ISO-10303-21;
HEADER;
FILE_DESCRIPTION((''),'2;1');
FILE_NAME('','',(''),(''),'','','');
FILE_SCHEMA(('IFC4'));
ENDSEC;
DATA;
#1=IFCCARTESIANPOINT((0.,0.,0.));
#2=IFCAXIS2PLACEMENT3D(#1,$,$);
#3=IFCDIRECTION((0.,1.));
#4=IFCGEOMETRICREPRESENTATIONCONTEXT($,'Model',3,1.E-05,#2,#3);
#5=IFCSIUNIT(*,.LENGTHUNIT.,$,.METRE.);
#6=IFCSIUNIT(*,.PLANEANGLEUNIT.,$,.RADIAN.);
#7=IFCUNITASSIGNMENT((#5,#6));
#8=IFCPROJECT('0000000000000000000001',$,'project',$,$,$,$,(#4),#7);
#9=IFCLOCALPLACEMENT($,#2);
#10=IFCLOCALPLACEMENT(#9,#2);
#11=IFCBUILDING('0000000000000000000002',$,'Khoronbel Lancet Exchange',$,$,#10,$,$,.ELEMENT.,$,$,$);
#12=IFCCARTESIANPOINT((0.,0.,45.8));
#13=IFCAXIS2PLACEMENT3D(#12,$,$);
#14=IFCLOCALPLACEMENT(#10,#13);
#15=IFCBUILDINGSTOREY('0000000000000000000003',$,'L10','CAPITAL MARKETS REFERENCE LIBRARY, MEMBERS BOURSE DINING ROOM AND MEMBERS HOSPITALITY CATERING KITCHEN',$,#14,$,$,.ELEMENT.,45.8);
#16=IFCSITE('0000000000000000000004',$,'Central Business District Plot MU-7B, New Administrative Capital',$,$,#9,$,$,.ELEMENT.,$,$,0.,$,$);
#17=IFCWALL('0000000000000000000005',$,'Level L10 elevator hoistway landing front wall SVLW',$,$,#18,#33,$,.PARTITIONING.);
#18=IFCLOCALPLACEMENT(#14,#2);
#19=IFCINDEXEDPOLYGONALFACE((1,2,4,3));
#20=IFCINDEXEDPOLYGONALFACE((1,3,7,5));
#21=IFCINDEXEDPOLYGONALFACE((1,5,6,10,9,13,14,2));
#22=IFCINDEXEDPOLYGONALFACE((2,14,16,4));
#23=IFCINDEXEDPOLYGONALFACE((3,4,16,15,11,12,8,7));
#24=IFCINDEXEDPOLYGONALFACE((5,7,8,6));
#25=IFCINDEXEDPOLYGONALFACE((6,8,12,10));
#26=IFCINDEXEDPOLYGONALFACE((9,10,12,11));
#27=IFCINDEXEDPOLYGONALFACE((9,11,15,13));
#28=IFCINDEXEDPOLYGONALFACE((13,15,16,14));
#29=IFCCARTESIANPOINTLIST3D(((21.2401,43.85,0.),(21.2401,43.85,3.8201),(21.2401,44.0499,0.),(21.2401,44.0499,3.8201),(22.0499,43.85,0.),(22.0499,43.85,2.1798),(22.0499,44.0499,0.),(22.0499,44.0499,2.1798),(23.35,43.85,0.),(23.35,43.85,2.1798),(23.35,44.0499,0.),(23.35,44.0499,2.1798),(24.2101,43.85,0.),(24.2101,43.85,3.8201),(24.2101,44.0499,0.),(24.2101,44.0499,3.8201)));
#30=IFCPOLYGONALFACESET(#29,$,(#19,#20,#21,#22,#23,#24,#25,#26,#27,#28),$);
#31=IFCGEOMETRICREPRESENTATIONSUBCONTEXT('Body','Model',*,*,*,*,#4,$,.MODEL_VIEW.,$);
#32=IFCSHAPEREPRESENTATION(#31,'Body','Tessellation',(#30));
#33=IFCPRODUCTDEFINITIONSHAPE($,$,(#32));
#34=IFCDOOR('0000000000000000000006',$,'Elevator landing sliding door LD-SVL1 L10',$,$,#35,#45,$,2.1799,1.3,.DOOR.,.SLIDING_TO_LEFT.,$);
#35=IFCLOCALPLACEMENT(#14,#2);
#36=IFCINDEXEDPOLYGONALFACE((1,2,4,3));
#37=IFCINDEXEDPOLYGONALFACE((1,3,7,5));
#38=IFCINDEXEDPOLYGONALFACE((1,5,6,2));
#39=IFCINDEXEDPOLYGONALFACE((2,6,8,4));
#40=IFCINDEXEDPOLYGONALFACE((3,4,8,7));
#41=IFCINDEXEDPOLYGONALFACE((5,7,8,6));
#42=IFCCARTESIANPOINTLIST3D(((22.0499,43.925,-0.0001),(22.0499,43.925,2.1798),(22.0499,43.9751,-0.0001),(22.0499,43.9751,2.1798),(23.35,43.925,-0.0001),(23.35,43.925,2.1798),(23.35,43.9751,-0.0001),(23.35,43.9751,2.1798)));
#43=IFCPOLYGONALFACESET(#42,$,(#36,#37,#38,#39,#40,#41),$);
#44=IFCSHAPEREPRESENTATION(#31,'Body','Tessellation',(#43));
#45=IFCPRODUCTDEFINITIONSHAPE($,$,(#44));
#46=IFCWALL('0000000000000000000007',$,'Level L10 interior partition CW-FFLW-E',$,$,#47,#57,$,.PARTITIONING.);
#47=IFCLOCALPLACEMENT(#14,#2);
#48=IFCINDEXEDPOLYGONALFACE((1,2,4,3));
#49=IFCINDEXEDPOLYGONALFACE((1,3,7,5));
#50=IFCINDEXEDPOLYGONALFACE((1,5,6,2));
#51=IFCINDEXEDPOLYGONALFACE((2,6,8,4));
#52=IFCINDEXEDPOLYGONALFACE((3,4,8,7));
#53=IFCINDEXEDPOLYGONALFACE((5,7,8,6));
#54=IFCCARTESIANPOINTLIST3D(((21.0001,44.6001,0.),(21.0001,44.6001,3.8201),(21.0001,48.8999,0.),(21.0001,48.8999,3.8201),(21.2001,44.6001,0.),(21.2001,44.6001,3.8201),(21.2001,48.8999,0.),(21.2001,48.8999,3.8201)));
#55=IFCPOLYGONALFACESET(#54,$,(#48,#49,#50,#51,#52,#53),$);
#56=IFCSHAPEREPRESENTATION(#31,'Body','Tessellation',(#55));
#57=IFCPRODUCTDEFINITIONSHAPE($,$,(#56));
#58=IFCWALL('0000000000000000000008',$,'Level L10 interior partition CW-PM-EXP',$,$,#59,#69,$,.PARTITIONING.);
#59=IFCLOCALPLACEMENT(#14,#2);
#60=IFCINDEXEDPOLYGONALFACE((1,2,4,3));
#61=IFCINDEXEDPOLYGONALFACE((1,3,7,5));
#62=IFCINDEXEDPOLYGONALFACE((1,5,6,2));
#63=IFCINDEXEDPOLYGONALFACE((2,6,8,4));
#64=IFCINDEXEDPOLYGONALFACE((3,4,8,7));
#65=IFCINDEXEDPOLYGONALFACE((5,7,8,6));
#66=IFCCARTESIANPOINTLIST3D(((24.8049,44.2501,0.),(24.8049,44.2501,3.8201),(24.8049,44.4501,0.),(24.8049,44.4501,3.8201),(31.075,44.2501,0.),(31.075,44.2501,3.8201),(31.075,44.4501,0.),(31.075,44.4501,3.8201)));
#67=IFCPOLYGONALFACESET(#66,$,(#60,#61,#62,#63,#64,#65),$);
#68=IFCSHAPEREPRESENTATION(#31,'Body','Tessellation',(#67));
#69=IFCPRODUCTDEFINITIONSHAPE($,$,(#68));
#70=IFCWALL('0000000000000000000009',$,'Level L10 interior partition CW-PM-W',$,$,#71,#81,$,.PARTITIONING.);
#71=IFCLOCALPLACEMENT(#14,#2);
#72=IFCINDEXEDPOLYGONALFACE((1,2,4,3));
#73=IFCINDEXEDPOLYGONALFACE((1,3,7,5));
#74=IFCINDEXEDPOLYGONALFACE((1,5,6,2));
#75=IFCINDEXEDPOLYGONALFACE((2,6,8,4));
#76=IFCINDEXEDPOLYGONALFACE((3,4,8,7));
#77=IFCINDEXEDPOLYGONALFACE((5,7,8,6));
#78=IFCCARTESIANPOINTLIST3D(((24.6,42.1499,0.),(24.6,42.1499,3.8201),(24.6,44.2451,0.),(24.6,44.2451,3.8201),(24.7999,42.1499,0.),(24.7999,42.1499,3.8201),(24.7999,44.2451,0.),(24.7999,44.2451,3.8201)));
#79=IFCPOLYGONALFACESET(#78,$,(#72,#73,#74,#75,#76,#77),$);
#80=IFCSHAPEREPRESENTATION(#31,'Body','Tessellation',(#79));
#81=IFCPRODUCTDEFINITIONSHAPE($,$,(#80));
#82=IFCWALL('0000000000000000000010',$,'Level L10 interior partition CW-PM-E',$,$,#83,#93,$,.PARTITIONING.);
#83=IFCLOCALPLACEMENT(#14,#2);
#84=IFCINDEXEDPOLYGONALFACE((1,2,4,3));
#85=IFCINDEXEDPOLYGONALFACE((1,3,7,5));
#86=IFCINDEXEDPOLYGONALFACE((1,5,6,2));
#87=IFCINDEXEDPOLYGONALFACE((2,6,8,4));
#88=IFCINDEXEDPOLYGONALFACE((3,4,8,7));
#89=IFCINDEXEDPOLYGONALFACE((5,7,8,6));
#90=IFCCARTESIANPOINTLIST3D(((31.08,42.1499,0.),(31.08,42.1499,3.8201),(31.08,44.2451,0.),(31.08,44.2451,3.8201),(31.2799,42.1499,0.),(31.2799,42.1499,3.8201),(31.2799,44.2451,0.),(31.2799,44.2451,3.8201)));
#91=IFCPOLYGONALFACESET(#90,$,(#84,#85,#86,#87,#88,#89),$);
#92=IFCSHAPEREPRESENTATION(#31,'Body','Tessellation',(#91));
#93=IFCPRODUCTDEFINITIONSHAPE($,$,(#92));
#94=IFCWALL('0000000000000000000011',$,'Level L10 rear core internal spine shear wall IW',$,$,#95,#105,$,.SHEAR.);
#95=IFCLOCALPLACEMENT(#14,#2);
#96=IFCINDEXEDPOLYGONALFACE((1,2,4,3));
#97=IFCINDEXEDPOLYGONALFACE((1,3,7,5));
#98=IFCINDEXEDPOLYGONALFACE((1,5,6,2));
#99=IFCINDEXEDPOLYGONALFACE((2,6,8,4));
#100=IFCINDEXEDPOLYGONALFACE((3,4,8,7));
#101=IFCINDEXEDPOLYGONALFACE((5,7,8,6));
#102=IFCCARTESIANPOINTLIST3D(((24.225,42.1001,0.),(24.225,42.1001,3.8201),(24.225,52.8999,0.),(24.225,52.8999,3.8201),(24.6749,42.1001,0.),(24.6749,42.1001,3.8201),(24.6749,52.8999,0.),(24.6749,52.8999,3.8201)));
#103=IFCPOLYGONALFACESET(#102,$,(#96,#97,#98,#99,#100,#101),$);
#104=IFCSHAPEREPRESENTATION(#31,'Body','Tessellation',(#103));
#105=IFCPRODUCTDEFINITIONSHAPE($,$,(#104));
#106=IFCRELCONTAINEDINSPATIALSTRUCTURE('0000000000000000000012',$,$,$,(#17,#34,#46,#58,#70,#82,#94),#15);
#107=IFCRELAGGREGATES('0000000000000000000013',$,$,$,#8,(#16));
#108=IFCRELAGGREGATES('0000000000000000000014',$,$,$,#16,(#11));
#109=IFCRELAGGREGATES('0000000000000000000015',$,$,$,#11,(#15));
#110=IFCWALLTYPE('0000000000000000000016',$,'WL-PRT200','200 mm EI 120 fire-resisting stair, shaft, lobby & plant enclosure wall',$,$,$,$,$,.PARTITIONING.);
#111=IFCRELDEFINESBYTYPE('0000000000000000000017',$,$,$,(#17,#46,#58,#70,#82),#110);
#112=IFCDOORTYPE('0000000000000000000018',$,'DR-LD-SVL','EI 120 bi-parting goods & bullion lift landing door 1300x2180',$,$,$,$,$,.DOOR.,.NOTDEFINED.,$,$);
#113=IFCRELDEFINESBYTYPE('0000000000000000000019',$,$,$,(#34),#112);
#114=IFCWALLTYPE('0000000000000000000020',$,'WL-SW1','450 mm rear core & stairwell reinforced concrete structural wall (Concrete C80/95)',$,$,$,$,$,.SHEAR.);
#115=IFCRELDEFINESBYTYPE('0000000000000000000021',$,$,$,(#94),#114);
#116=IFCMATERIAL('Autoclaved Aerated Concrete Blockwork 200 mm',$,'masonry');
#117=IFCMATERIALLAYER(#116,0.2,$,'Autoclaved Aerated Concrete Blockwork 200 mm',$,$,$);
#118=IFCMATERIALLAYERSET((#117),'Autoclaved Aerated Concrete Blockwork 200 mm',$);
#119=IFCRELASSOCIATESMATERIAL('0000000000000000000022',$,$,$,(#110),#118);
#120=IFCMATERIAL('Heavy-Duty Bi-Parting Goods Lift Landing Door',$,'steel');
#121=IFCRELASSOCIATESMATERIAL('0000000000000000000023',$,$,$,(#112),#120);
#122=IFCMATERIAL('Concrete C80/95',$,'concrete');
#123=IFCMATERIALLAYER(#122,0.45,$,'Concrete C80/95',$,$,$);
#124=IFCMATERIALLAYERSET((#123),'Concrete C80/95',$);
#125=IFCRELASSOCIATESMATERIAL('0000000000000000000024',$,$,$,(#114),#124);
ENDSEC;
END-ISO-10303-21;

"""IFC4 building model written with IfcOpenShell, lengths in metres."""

from ifc_helpers import new_model, si_unit, direction, frame, frame_2d, origin, place, context, subcontext, project, spatial, rectangle, extrude, material, layer, layer_set, type_object, element, fill, save


model = new_model("IFC4")

# Units and contexts
model_context = context("Model", 3, precision=1e-05, world=origin(), true_north=direction((0.0, 1.0)))
body_context = subcontext(model_context, "Body", "Model", "MODEL_VIEW")
ifc_project = project(units=[si_unit("LENGTHUNIT", "METRE"), si_unit("PLANEANGLEUNIT", "RADIAN")], contexts=[model_context])

# Site, building, storey
site_placement = place(None, origin())
site = spatial("IfcSite", under=ifc_project, at=site_placement, Name="Central Business District Plot MU-7B, New Administrative Capital", CompositionType="ELEMENT", RefElevation=0.0)
building_placement = place(site_placement, origin())
building = spatial("IfcBuilding", under=site, at=building_placement, Name="Khoronbel Lancet Exchange", CompositionType="ELEMENT")
storey_placement = place(building_placement, frame((0.0, 0.0, 45.8)))
storey = spatial("IfcBuildingStorey", under=building, at=storey_placement, Name="L10", Description="CAPITAL MARKETS REFERENCE LIBRARY, MEMBERS BOURSE DINING ROOM AND MEMBERS HOSPITALITY CATERING KITCHEN", CompositionType="ELEMENT", Elevation=45.8)

# Shared definitions
ifc_material_1 = material(Name="Concrete C80/95", Category="concrete")

# Wall, opening, door
ifc_material_2 = material(Name="Autoclaved Aerated Concrete Blockwork 200 mm", Category="masonry")
ifc_layer_1 = layer(ifc_material_2, 0.2, Name="Autoclaved Aerated Concrete Blockwork 200 mm")
ifc_layer_set_1 = layer_set([ifc_layer_1], Name="Autoclaved Aerated Concrete Blockwork 200 mm")
wall_type_1 = type_object("IfcWallType", Name="WL-PRT200", Description="200 mm EI 120 fire-resisting stair, shaft, lobby & plant enclosure wall", PredefinedType="PARTITIONING", material=ifc_layer_set_1)
wall_1_placement = place(storey_placement, frame((24.21, 43.95, 0.0), z_axis=(0.0, 0.0, 1.0), x_axis=(-1.0, 0.0, 0.0)))
wall_1 = element("IfcWall", 1, at=wall_1_placement, inside=storey, type_object=wall_type_1, Name="Level L10 elevator hoistway landing front wall SVLW", PredefinedType="PARTITIONING", context=body_context, shape_type="SweptSolid", body=[
    extrude(rectangle(XDim=2.97, YDim=0.2, at=frame_2d((1.4849, 0.0))), origin(), (0.0, 0.0, 1.0), 3.8201),
])
opening_1_placement = place(wall_1_placement, frame((0.8601, 0.0, 0.0)))
opening_1 = element("IfcOpeningElement", 2, at=opening_1_placement, cuts=wall_1, PredefinedType="OPENING", context=body_context, shape_type="SweptSolid", body=[
    extrude(rectangle(XDim=1.3, YDim=2.1799, at=frame_2d((0.6499, 1.0898))), frame((0.0, 0.1099, 0.0), z_axis=(0.0, -1.0, 0.0), x_axis=(1.0, 0.0, 0.0)), (0.0, 0.0, 1.0), 0.22),
])
ifc_material_3 = material(Name="Heavy-Duty Bi-Parting Goods Lift Landing Door", Category="steel")
door_type_1 = type_object("IfcDoorType", Name="DR-LD-SVL", Description="EI 120 bi-parting goods & bullion lift landing door 1300x2180", OperationType="NOTDEFINED", PredefinedType="DOOR", material=ifc_material_3)
door_1_placement = place(opening_1_placement, origin())
door_1 = element("IfcDoor", 3, at=door_1_placement, inside=storey, type_object=door_type_1, Name="Elevator landing sliding door LD-SVL1 L10", OperationType="SLIDING_TO_LEFT", OverallHeight=2.1799, OverallWidth=1.3, PredefinedType="DOOR", context=body_context, shape_type="SweptSolid", body=[
    extrude(rectangle(XDim=1.3, YDim=2.1799, at=frame_2d((0.6499, 1.0898))), frame((0.0, 0.0249, 0.0), z_axis=(0.0, -1.0, 0.0), x_axis=(1.0, 0.0, 0.0)), (0.0, 0.0, 1.0), 0.05),
])
fill(opening_1, door_1)

# Wall
wall_2_placement = place(storey_placement, frame((21.1001, 44.6001, 0.0), z_axis=(0.0, 0.0, 1.0), x_axis=(0.0, 1.0, 0.0)))
element("IfcWall", 4, at=wall_2_placement, inside=storey, type_object=wall_type_1, Name="Level L10 interior partition CW-FFLW-E", PredefinedType="PARTITIONING", context=body_context, shape_type="SweptSolid", body=[
    extrude(rectangle(XDim=4.2998, YDim=0.2, at=frame_2d((2.1499, 0.0))), origin(), (0.0, 0.0, 1.0), 3.8201),
])

# Walls
wall_3_placement = place(storey_placement, frame((24.8049, 44.3501, 0.0), z_axis=(0.0, 0.0, 1.0), x_axis=(1.0, 0.0, 0.0)))
element("IfcWall", 5, at=wall_3_placement, inside=storey, type_object=wall_type_1, Name="Level L10 interior partition CW-PM-EXP", PredefinedType="PARTITIONING", context=body_context, shape_type="SweptSolid", body=[
    extrude(rectangle(XDim=6.27, YDim=0.2, at=frame_2d((3.135, 0.0))), origin(), (0.0, 0.0, 1.0), 3.8201),
])
for number, where, z_axis, x_axis, name in (
    (6, (24.7, 42.1499, 0.0), (0.0, 0.0, 1.0), (0.0, 1.0, 0.0), "Level L10 interior partition CW-PM-W"),
    (7, (31.1799, 42.1499, 0.0), (0.0, 0.0, 1.0), (0.0, 1.0, 0.0), "Level L10 interior partition CW-PM-E"),
):
    element("IfcWall", number, at=place(storey_placement, frame(where, z_axis=z_axis, x_axis=x_axis)), inside=storey, type_object=wall_type_1, Name=name, PredefinedType="PARTITIONING", context=body_context, shape_type="SweptSolid", body=[
        extrude(rectangle(XDim=2.0952, YDim=0.2, at=frame_2d((1.0476, 0.0))), origin(), (0.0, 0.0, 1.0), 3.8201),
    ])
ifc_layer_2 = layer(ifc_material_1, 0.45, Name="Concrete C80/95")
ifc_layer_set_2 = layer_set([ifc_layer_2], Name="Concrete C80/95")
wall_type_2 = type_object("IfcWallType", Name="WL-SW1", Description="450 mm rear core & stairwell reinforced concrete structural wall (Concrete C80/95)", PredefinedType="SHEAR", material=ifc_layer_set_2)
wall_4_placement = place(storey_placement, frame((24.45, 42.1001, 0.0), z_axis=(0.0, 0.0, 1.0), x_axis=(0.0, 1.0, 0.0)))
element("IfcWall", 8, at=wall_4_placement, inside=storey, type_object=wall_type_2, Name="Level L10 rear core internal spine shear wall IW", PredefinedType="SHEAR", context=body_context, shape_type="SweptSolid", body=[
    extrude(rectangle(XDim=10.7998, YDim=0.45, at=frame_2d((5.3999, 0.0))), origin(), (0.0, 0.0, 1.0), 3.8201),
])

save(model, "model.ifc")
